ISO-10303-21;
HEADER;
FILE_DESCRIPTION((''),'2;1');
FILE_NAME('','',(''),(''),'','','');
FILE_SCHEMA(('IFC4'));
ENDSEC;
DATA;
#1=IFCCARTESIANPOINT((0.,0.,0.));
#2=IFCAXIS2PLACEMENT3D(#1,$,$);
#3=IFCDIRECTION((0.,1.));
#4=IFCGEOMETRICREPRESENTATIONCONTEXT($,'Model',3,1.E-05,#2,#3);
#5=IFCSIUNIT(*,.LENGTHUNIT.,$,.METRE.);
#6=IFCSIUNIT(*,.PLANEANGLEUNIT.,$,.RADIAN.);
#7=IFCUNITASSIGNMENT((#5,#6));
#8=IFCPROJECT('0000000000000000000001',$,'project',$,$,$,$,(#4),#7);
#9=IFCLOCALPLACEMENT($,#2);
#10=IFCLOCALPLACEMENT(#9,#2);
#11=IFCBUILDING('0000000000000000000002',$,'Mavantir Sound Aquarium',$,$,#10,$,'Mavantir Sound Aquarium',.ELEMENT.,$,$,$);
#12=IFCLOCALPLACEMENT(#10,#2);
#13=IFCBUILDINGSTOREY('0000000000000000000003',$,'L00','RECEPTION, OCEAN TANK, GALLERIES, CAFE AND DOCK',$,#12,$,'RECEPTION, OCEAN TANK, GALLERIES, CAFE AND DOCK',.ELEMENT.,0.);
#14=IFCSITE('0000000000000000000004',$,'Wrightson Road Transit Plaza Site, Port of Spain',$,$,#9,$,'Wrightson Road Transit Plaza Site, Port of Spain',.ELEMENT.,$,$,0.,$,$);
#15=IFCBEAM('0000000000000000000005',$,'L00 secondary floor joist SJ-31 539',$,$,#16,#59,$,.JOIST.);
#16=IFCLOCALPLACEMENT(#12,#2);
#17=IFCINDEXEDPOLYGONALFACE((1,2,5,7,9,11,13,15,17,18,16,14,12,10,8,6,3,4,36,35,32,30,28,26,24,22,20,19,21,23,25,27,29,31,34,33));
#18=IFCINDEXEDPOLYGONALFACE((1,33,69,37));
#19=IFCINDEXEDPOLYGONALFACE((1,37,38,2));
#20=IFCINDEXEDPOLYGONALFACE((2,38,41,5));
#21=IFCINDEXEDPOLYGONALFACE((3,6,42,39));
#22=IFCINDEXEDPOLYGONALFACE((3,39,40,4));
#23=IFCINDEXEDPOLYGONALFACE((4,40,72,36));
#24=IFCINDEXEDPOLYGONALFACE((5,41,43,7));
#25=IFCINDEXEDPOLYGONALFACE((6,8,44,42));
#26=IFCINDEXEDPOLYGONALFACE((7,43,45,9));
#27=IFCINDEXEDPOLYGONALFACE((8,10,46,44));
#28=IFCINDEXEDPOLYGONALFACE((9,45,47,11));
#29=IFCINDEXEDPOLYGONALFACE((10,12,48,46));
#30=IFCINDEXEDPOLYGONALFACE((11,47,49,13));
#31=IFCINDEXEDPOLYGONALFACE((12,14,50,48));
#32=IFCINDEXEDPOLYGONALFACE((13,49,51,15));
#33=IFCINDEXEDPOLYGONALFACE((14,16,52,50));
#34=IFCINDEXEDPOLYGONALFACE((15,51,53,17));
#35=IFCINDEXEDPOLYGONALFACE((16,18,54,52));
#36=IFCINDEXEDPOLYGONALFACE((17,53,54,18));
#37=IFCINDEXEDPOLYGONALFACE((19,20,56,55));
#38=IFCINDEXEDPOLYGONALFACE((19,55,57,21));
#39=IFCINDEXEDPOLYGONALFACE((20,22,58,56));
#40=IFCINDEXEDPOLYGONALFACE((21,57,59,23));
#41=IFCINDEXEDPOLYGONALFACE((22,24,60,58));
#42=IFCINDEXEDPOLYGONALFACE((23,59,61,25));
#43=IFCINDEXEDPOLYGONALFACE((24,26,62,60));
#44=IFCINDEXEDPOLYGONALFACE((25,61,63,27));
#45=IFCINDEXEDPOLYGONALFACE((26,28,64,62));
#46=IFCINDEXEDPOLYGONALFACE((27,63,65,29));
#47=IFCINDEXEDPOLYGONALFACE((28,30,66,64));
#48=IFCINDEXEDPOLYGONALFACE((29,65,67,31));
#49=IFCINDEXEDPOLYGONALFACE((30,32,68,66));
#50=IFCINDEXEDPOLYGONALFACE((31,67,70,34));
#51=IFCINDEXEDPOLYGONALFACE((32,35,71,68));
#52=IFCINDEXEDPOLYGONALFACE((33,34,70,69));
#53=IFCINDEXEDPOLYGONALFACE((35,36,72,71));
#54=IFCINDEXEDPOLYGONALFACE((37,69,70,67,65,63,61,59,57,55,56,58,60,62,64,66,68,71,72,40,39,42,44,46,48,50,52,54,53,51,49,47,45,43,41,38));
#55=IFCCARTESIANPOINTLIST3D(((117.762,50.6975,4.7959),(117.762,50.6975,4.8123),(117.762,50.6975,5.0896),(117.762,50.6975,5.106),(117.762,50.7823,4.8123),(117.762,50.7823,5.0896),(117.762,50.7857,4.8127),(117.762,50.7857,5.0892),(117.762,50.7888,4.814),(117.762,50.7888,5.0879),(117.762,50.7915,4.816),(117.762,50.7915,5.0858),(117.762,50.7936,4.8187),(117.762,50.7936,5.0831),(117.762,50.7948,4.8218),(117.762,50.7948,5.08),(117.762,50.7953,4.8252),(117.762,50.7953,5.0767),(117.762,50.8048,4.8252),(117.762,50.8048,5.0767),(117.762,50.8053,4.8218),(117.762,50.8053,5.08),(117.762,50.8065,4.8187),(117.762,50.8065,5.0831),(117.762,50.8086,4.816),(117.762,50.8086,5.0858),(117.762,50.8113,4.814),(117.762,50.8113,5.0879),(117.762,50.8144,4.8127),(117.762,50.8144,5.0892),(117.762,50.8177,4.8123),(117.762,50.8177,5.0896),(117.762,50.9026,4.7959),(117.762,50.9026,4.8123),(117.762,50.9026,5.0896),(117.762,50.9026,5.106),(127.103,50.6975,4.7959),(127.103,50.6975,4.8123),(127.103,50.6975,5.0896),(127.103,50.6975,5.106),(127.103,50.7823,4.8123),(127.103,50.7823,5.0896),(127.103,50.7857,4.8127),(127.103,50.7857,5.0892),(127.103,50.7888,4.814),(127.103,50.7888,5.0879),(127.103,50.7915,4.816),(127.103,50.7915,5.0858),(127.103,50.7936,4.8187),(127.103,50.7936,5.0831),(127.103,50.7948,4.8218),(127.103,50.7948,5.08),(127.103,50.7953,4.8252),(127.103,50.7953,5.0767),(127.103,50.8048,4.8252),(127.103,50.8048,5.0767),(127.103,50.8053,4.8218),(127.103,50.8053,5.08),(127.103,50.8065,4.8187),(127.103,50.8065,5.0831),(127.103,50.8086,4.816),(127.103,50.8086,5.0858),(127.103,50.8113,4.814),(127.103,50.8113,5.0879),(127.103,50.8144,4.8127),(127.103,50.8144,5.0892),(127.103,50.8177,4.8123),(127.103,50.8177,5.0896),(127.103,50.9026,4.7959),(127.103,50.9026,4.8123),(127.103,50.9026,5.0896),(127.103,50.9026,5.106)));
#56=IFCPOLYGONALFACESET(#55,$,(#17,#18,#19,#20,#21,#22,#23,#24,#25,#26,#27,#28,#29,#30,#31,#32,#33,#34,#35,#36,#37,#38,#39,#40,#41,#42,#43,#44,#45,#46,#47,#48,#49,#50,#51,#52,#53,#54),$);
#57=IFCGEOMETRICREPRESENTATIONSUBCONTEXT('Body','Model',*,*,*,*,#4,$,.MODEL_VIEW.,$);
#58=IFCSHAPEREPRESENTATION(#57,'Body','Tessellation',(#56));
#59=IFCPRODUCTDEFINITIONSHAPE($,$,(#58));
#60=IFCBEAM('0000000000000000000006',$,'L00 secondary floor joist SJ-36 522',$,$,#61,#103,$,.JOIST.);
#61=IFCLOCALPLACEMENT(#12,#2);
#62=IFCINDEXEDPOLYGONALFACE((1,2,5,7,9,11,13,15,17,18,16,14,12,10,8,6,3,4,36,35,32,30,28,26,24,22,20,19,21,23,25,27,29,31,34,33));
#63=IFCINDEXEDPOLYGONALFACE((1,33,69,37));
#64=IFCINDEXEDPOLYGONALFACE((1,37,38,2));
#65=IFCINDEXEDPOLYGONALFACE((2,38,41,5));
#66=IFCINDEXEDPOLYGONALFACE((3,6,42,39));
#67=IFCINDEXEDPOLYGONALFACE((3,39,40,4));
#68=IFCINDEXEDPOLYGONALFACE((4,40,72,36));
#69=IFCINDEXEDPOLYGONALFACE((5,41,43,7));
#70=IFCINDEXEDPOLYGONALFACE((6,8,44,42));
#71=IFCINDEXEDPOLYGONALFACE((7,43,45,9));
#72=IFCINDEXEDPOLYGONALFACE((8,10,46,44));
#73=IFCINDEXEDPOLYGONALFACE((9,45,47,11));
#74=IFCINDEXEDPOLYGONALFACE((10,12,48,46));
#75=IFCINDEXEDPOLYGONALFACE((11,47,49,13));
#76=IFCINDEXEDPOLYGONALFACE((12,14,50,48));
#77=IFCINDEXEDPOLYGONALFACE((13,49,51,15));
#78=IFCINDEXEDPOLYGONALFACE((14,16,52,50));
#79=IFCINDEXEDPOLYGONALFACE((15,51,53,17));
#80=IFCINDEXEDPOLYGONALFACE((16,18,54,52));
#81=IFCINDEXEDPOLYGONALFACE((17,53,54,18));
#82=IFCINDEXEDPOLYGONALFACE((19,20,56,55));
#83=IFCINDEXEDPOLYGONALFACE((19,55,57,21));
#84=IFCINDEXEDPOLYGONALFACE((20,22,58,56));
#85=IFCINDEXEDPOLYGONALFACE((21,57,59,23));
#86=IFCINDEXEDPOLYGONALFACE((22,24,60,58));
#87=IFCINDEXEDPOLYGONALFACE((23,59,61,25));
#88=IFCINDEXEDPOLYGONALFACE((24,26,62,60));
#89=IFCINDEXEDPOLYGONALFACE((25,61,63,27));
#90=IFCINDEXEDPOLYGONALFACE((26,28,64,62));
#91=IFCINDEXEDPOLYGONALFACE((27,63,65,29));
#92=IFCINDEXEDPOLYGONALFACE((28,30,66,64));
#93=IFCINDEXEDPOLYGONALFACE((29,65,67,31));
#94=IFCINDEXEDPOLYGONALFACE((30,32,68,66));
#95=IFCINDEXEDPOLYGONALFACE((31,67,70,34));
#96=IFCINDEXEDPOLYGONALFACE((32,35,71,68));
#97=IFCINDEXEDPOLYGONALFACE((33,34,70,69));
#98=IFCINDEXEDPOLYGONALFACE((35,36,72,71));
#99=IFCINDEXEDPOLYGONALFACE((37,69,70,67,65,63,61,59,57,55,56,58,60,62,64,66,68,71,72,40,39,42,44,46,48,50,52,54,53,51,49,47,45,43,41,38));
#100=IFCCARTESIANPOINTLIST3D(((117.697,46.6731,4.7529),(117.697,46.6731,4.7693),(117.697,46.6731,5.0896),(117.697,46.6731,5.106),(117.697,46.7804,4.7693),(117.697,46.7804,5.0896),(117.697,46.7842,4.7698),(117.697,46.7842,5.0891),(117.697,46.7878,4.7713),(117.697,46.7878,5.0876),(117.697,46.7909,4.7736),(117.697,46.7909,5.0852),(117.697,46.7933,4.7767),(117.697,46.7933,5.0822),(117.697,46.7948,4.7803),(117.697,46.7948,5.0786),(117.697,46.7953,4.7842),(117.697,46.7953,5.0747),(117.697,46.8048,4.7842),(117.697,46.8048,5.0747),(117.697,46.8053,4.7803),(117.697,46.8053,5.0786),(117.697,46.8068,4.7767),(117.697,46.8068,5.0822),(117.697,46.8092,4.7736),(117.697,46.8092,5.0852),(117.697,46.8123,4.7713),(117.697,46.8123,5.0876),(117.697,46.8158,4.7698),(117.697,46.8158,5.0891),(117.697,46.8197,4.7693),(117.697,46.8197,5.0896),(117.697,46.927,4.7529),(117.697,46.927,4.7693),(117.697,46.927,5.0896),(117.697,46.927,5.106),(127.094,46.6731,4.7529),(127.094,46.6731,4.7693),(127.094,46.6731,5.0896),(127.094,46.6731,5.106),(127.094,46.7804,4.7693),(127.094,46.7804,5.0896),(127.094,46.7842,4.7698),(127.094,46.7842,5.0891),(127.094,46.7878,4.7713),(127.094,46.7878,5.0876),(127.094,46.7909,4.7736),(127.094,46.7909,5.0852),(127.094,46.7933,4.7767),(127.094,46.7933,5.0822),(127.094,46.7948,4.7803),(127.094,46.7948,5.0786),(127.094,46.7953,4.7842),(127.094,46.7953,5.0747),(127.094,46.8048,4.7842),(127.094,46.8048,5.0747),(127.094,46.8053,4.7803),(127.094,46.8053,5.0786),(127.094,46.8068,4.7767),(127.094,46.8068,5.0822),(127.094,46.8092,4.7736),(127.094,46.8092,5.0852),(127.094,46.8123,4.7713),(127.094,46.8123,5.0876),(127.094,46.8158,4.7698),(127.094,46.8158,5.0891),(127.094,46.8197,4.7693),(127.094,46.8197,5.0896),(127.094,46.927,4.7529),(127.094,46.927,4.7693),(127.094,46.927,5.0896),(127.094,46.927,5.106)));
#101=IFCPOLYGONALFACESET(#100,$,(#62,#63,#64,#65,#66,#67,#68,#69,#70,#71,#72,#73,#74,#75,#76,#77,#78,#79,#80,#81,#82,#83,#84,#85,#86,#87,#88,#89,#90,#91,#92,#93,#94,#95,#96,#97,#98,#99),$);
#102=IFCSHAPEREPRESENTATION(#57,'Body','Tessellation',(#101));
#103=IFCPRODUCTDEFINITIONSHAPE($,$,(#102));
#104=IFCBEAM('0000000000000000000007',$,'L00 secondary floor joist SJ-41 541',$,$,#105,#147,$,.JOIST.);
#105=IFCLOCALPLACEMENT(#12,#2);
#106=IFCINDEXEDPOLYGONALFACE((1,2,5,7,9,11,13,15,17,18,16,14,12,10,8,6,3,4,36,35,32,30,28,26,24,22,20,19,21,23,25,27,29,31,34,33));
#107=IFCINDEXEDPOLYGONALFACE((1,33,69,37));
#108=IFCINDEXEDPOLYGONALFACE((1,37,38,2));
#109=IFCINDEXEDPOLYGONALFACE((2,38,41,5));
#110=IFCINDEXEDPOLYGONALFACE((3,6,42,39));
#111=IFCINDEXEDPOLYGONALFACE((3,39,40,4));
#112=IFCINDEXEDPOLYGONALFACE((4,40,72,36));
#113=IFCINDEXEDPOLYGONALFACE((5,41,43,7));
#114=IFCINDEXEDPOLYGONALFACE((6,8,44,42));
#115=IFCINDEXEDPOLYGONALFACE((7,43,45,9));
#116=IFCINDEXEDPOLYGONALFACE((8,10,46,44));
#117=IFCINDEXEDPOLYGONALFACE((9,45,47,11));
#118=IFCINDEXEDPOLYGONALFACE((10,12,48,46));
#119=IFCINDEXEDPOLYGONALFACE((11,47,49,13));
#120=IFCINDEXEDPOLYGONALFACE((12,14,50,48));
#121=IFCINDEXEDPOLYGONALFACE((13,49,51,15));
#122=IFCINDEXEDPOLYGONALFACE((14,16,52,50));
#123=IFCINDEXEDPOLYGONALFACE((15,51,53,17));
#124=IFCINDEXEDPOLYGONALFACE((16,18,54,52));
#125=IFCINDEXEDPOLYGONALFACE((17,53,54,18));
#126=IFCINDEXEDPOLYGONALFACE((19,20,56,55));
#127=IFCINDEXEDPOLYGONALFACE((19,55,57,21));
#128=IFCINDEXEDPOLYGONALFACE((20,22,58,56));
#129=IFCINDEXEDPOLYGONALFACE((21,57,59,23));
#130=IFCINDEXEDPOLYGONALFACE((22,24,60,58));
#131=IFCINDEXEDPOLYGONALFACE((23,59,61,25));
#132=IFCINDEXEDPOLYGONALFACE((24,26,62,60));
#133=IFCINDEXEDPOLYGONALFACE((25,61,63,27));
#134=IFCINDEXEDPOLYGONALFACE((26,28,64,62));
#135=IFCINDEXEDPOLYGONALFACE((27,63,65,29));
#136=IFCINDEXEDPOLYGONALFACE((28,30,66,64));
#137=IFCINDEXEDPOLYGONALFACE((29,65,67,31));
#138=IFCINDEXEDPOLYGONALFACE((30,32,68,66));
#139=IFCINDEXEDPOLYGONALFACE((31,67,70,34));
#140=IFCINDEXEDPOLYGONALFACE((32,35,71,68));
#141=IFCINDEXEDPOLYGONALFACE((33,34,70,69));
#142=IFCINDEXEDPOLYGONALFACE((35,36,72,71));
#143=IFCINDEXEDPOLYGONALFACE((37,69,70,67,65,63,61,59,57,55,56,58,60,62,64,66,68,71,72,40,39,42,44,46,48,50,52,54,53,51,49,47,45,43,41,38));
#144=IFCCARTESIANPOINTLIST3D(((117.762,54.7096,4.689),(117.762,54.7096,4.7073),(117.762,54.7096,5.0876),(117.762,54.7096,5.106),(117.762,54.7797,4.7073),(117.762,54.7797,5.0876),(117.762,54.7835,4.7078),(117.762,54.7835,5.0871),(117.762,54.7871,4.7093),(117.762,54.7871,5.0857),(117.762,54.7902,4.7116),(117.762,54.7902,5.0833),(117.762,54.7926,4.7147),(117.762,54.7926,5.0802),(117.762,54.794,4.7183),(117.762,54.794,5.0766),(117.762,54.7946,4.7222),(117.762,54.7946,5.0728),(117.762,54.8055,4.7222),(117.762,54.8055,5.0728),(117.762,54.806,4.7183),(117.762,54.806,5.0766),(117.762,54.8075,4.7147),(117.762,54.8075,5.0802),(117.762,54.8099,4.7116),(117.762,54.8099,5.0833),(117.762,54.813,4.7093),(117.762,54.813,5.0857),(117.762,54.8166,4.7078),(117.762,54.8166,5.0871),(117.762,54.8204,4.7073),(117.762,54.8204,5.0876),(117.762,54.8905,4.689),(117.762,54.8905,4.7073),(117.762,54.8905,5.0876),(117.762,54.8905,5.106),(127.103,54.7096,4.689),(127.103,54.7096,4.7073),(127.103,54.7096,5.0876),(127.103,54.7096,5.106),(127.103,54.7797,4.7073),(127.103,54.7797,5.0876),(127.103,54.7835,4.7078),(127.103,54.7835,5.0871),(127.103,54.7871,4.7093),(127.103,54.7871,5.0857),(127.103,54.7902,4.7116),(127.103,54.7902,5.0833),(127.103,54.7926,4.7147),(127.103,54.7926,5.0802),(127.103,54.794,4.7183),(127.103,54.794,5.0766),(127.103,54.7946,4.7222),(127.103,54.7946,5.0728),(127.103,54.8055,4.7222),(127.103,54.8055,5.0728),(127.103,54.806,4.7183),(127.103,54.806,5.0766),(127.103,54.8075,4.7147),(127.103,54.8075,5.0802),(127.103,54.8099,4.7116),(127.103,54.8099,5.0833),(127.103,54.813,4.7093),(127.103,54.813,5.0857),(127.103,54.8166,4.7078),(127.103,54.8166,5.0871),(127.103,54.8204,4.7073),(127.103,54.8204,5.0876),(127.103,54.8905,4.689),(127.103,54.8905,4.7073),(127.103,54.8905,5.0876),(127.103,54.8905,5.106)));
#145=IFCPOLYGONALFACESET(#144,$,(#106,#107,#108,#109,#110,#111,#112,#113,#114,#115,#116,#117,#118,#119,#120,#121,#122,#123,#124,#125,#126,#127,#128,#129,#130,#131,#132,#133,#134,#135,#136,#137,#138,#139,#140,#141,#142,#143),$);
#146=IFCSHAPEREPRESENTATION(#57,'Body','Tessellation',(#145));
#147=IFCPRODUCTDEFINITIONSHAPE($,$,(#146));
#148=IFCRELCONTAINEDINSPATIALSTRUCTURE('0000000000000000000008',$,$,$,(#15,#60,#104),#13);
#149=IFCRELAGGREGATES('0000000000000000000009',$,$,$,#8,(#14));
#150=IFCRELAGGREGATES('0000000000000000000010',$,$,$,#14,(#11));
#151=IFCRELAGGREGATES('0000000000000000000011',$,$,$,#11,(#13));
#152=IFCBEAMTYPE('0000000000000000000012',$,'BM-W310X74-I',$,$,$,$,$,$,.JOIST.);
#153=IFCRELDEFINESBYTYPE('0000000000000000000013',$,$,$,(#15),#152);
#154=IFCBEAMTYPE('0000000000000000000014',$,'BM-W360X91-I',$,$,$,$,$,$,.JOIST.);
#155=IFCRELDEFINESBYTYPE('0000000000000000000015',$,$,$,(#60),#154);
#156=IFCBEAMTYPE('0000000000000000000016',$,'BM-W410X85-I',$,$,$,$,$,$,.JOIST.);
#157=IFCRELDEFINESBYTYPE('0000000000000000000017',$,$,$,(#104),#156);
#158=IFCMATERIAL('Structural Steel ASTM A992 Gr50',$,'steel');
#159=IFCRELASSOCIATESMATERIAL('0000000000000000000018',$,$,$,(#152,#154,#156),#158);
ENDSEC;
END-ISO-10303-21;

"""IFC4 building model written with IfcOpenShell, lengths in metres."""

from ifc_helpers import new_model, si_unit, direction, frame, origin, origin_2d, place, context, subcontext, project, spatial, i_section, extrude, material, material_profile, profile_set, type_object, element, save


model = new_model("IFC4")

# Units and contexts
model_context = context("Model", 3, precision=1e-05, world=origin(), true_north=direction((0.0, 1.0)))
body_context = subcontext(model_context, "Body", "Model", "MODEL_VIEW")
ifc_project = project(units=[si_unit("LENGTHUNIT", "METRE"), si_unit("PLANEANGLEUNIT", "RADIAN")], contexts=[model_context])

# Site, building, storey
site_placement = place(None, origin())
site = spatial("IfcSite", under=ifc_project, at=site_placement, Name="Wrightson Road Transit Plaza Site, Port of Spain", LongName="Wrightson Road Transit Plaza Site, Port of Spain", CompositionType="ELEMENT", RefElevation=0.0)
building_placement = place(site_placement, origin())
building = spatial("IfcBuilding", under=site, at=building_placement, Name="Mavantir Sound Aquarium", LongName="Mavantir Sound Aquarium", CompositionType="ELEMENT")
storey_placement = place(building_placement, origin())
storey = spatial("IfcBuildingStorey", under=building, at=storey_placement, Name="L00", Description="RECEPTION, OCEAN TANK, GALLERIES, CAFE AND DOCK", LongName="RECEPTION, OCEAN TANK, GALLERIES, CAFE AND DOCK", CompositionType="ELEMENT", Elevation=0.0)

# Beams
ifc_material_1 = material(Name="Structural Steel ASTM A992 Gr50", Category="steel")
ifc_material_profile_1 = material_profile(ifc_material_1, i_section(OverallWidth=0.2051, OverallDepth=0.3101, WebThickness=0.0095, FlangeThickness=0.0164, FilletRadius=0.0129, at=origin_2d()), Name="W310X74")
ifc_profile_set_1 = profile_set([ifc_material_profile_1], Name="Structural Steel ASTM A992 Gr50")
beam_type_1 = type_object("IfcBeamType", Name="BM-W310X74-I", PredefinedType="JOIST", material=ifc_profile_set_1)
beam_1_placement = place(storey_placement, frame((117.762, 50.8, 4.9509), z_axis=(1.0, 0.0, 0.0), x_axis=(0.0, 1.0, 0.0)))
element("IfcBeam", 1, at=beam_1_placement, inside=storey, type_object=beam_type_1, Name="L00 secondary floor joist SJ-31 539", PredefinedType="JOIST", context=body_context, shape_type="SweptSolid", body=[
    extrude(i_section(OverallWidth=0.2051, OverallDepth=0.3101, WebThickness=0.0095, FlangeThickness=0.0164, FilletRadius=0.0129, at=origin_2d()), origin(), (0.0, 0.0, 1.0), 9.3411),
])
ifc_material_profile_2 = material_profile(ifc_material_1, i_section(OverallWidth=0.2539, OverallDepth=0.353, WebThickness=0.0095, FlangeThickness=0.0164, FilletRadius=0.0149, at=origin_2d()), Name="W360X91")
ifc_profile_set_2 = profile_set([ifc_material_profile_2], Name="Structural Steel ASTM A992 Gr50")
beam_type_2 = type_object("IfcBeamType", Name="BM-W360X91-I", PredefinedType="JOIST", material=ifc_profile_set_2)
beam_2_placement = place(storey_placement, frame((117.697, 46.8, 4.9294), z_axis=(1.0, 0.0, 0.0), x_axis=(0.0, 1.0, 0.0)))
element("IfcBeam", 2, at=beam_2_placement, inside=storey, type_object=beam_type_2, Name="L00 secondary floor joist SJ-36 522", PredefinedType="JOIST", context=body_context, shape_type="SweptSolid", body=[
    extrude(i_section(OverallWidth=0.2539, OverallDepth=0.353, WebThickness=0.0095, FlangeThickness=0.0164, FilletRadius=0.0149, at=origin_2d()), origin(), (0.0, 0.0, 1.0), 9.397),
])
ifc_material_profile_3 = material_profile(ifc_material_1, i_section(OverallWidth=0.1809, OverallDepth=0.417, WebThickness=0.011, FlangeThickness=0.0183, FilletRadius=0.0149, at=origin_2d()), Name="W410X85")
ifc_profile_set_3 = profile_set([ifc_material_profile_3], Name="Structural Steel ASTM A992 Gr50")
beam_type_3 = type_object("IfcBeamType", Name="BM-W410X85-I", PredefinedType="JOIST", material=ifc_profile_set_3)
beam_3_placement = place(storey_placement, frame((117.762, 54.8, 4.8975), z_axis=(1.0, 0.0, 0.0), x_axis=(0.0, 1.0, 0.0)))
element("IfcBeam", 3, at=beam_3_placement, inside=storey, type_object=beam_type_3, Name="L00 secondary floor joist SJ-41 541", PredefinedType="JOIST", context=body_context, shape_type="SweptSolid", body=[
    extrude(i_section(OverallWidth=0.1809, OverallDepth=0.417, WebThickness=0.011, FlangeThickness=0.0183, FilletRadius=0.0149, at=origin_2d()), origin(), (0.0, 0.0, 1.0), 9.3411),
])

save(model, "model.ifc")
